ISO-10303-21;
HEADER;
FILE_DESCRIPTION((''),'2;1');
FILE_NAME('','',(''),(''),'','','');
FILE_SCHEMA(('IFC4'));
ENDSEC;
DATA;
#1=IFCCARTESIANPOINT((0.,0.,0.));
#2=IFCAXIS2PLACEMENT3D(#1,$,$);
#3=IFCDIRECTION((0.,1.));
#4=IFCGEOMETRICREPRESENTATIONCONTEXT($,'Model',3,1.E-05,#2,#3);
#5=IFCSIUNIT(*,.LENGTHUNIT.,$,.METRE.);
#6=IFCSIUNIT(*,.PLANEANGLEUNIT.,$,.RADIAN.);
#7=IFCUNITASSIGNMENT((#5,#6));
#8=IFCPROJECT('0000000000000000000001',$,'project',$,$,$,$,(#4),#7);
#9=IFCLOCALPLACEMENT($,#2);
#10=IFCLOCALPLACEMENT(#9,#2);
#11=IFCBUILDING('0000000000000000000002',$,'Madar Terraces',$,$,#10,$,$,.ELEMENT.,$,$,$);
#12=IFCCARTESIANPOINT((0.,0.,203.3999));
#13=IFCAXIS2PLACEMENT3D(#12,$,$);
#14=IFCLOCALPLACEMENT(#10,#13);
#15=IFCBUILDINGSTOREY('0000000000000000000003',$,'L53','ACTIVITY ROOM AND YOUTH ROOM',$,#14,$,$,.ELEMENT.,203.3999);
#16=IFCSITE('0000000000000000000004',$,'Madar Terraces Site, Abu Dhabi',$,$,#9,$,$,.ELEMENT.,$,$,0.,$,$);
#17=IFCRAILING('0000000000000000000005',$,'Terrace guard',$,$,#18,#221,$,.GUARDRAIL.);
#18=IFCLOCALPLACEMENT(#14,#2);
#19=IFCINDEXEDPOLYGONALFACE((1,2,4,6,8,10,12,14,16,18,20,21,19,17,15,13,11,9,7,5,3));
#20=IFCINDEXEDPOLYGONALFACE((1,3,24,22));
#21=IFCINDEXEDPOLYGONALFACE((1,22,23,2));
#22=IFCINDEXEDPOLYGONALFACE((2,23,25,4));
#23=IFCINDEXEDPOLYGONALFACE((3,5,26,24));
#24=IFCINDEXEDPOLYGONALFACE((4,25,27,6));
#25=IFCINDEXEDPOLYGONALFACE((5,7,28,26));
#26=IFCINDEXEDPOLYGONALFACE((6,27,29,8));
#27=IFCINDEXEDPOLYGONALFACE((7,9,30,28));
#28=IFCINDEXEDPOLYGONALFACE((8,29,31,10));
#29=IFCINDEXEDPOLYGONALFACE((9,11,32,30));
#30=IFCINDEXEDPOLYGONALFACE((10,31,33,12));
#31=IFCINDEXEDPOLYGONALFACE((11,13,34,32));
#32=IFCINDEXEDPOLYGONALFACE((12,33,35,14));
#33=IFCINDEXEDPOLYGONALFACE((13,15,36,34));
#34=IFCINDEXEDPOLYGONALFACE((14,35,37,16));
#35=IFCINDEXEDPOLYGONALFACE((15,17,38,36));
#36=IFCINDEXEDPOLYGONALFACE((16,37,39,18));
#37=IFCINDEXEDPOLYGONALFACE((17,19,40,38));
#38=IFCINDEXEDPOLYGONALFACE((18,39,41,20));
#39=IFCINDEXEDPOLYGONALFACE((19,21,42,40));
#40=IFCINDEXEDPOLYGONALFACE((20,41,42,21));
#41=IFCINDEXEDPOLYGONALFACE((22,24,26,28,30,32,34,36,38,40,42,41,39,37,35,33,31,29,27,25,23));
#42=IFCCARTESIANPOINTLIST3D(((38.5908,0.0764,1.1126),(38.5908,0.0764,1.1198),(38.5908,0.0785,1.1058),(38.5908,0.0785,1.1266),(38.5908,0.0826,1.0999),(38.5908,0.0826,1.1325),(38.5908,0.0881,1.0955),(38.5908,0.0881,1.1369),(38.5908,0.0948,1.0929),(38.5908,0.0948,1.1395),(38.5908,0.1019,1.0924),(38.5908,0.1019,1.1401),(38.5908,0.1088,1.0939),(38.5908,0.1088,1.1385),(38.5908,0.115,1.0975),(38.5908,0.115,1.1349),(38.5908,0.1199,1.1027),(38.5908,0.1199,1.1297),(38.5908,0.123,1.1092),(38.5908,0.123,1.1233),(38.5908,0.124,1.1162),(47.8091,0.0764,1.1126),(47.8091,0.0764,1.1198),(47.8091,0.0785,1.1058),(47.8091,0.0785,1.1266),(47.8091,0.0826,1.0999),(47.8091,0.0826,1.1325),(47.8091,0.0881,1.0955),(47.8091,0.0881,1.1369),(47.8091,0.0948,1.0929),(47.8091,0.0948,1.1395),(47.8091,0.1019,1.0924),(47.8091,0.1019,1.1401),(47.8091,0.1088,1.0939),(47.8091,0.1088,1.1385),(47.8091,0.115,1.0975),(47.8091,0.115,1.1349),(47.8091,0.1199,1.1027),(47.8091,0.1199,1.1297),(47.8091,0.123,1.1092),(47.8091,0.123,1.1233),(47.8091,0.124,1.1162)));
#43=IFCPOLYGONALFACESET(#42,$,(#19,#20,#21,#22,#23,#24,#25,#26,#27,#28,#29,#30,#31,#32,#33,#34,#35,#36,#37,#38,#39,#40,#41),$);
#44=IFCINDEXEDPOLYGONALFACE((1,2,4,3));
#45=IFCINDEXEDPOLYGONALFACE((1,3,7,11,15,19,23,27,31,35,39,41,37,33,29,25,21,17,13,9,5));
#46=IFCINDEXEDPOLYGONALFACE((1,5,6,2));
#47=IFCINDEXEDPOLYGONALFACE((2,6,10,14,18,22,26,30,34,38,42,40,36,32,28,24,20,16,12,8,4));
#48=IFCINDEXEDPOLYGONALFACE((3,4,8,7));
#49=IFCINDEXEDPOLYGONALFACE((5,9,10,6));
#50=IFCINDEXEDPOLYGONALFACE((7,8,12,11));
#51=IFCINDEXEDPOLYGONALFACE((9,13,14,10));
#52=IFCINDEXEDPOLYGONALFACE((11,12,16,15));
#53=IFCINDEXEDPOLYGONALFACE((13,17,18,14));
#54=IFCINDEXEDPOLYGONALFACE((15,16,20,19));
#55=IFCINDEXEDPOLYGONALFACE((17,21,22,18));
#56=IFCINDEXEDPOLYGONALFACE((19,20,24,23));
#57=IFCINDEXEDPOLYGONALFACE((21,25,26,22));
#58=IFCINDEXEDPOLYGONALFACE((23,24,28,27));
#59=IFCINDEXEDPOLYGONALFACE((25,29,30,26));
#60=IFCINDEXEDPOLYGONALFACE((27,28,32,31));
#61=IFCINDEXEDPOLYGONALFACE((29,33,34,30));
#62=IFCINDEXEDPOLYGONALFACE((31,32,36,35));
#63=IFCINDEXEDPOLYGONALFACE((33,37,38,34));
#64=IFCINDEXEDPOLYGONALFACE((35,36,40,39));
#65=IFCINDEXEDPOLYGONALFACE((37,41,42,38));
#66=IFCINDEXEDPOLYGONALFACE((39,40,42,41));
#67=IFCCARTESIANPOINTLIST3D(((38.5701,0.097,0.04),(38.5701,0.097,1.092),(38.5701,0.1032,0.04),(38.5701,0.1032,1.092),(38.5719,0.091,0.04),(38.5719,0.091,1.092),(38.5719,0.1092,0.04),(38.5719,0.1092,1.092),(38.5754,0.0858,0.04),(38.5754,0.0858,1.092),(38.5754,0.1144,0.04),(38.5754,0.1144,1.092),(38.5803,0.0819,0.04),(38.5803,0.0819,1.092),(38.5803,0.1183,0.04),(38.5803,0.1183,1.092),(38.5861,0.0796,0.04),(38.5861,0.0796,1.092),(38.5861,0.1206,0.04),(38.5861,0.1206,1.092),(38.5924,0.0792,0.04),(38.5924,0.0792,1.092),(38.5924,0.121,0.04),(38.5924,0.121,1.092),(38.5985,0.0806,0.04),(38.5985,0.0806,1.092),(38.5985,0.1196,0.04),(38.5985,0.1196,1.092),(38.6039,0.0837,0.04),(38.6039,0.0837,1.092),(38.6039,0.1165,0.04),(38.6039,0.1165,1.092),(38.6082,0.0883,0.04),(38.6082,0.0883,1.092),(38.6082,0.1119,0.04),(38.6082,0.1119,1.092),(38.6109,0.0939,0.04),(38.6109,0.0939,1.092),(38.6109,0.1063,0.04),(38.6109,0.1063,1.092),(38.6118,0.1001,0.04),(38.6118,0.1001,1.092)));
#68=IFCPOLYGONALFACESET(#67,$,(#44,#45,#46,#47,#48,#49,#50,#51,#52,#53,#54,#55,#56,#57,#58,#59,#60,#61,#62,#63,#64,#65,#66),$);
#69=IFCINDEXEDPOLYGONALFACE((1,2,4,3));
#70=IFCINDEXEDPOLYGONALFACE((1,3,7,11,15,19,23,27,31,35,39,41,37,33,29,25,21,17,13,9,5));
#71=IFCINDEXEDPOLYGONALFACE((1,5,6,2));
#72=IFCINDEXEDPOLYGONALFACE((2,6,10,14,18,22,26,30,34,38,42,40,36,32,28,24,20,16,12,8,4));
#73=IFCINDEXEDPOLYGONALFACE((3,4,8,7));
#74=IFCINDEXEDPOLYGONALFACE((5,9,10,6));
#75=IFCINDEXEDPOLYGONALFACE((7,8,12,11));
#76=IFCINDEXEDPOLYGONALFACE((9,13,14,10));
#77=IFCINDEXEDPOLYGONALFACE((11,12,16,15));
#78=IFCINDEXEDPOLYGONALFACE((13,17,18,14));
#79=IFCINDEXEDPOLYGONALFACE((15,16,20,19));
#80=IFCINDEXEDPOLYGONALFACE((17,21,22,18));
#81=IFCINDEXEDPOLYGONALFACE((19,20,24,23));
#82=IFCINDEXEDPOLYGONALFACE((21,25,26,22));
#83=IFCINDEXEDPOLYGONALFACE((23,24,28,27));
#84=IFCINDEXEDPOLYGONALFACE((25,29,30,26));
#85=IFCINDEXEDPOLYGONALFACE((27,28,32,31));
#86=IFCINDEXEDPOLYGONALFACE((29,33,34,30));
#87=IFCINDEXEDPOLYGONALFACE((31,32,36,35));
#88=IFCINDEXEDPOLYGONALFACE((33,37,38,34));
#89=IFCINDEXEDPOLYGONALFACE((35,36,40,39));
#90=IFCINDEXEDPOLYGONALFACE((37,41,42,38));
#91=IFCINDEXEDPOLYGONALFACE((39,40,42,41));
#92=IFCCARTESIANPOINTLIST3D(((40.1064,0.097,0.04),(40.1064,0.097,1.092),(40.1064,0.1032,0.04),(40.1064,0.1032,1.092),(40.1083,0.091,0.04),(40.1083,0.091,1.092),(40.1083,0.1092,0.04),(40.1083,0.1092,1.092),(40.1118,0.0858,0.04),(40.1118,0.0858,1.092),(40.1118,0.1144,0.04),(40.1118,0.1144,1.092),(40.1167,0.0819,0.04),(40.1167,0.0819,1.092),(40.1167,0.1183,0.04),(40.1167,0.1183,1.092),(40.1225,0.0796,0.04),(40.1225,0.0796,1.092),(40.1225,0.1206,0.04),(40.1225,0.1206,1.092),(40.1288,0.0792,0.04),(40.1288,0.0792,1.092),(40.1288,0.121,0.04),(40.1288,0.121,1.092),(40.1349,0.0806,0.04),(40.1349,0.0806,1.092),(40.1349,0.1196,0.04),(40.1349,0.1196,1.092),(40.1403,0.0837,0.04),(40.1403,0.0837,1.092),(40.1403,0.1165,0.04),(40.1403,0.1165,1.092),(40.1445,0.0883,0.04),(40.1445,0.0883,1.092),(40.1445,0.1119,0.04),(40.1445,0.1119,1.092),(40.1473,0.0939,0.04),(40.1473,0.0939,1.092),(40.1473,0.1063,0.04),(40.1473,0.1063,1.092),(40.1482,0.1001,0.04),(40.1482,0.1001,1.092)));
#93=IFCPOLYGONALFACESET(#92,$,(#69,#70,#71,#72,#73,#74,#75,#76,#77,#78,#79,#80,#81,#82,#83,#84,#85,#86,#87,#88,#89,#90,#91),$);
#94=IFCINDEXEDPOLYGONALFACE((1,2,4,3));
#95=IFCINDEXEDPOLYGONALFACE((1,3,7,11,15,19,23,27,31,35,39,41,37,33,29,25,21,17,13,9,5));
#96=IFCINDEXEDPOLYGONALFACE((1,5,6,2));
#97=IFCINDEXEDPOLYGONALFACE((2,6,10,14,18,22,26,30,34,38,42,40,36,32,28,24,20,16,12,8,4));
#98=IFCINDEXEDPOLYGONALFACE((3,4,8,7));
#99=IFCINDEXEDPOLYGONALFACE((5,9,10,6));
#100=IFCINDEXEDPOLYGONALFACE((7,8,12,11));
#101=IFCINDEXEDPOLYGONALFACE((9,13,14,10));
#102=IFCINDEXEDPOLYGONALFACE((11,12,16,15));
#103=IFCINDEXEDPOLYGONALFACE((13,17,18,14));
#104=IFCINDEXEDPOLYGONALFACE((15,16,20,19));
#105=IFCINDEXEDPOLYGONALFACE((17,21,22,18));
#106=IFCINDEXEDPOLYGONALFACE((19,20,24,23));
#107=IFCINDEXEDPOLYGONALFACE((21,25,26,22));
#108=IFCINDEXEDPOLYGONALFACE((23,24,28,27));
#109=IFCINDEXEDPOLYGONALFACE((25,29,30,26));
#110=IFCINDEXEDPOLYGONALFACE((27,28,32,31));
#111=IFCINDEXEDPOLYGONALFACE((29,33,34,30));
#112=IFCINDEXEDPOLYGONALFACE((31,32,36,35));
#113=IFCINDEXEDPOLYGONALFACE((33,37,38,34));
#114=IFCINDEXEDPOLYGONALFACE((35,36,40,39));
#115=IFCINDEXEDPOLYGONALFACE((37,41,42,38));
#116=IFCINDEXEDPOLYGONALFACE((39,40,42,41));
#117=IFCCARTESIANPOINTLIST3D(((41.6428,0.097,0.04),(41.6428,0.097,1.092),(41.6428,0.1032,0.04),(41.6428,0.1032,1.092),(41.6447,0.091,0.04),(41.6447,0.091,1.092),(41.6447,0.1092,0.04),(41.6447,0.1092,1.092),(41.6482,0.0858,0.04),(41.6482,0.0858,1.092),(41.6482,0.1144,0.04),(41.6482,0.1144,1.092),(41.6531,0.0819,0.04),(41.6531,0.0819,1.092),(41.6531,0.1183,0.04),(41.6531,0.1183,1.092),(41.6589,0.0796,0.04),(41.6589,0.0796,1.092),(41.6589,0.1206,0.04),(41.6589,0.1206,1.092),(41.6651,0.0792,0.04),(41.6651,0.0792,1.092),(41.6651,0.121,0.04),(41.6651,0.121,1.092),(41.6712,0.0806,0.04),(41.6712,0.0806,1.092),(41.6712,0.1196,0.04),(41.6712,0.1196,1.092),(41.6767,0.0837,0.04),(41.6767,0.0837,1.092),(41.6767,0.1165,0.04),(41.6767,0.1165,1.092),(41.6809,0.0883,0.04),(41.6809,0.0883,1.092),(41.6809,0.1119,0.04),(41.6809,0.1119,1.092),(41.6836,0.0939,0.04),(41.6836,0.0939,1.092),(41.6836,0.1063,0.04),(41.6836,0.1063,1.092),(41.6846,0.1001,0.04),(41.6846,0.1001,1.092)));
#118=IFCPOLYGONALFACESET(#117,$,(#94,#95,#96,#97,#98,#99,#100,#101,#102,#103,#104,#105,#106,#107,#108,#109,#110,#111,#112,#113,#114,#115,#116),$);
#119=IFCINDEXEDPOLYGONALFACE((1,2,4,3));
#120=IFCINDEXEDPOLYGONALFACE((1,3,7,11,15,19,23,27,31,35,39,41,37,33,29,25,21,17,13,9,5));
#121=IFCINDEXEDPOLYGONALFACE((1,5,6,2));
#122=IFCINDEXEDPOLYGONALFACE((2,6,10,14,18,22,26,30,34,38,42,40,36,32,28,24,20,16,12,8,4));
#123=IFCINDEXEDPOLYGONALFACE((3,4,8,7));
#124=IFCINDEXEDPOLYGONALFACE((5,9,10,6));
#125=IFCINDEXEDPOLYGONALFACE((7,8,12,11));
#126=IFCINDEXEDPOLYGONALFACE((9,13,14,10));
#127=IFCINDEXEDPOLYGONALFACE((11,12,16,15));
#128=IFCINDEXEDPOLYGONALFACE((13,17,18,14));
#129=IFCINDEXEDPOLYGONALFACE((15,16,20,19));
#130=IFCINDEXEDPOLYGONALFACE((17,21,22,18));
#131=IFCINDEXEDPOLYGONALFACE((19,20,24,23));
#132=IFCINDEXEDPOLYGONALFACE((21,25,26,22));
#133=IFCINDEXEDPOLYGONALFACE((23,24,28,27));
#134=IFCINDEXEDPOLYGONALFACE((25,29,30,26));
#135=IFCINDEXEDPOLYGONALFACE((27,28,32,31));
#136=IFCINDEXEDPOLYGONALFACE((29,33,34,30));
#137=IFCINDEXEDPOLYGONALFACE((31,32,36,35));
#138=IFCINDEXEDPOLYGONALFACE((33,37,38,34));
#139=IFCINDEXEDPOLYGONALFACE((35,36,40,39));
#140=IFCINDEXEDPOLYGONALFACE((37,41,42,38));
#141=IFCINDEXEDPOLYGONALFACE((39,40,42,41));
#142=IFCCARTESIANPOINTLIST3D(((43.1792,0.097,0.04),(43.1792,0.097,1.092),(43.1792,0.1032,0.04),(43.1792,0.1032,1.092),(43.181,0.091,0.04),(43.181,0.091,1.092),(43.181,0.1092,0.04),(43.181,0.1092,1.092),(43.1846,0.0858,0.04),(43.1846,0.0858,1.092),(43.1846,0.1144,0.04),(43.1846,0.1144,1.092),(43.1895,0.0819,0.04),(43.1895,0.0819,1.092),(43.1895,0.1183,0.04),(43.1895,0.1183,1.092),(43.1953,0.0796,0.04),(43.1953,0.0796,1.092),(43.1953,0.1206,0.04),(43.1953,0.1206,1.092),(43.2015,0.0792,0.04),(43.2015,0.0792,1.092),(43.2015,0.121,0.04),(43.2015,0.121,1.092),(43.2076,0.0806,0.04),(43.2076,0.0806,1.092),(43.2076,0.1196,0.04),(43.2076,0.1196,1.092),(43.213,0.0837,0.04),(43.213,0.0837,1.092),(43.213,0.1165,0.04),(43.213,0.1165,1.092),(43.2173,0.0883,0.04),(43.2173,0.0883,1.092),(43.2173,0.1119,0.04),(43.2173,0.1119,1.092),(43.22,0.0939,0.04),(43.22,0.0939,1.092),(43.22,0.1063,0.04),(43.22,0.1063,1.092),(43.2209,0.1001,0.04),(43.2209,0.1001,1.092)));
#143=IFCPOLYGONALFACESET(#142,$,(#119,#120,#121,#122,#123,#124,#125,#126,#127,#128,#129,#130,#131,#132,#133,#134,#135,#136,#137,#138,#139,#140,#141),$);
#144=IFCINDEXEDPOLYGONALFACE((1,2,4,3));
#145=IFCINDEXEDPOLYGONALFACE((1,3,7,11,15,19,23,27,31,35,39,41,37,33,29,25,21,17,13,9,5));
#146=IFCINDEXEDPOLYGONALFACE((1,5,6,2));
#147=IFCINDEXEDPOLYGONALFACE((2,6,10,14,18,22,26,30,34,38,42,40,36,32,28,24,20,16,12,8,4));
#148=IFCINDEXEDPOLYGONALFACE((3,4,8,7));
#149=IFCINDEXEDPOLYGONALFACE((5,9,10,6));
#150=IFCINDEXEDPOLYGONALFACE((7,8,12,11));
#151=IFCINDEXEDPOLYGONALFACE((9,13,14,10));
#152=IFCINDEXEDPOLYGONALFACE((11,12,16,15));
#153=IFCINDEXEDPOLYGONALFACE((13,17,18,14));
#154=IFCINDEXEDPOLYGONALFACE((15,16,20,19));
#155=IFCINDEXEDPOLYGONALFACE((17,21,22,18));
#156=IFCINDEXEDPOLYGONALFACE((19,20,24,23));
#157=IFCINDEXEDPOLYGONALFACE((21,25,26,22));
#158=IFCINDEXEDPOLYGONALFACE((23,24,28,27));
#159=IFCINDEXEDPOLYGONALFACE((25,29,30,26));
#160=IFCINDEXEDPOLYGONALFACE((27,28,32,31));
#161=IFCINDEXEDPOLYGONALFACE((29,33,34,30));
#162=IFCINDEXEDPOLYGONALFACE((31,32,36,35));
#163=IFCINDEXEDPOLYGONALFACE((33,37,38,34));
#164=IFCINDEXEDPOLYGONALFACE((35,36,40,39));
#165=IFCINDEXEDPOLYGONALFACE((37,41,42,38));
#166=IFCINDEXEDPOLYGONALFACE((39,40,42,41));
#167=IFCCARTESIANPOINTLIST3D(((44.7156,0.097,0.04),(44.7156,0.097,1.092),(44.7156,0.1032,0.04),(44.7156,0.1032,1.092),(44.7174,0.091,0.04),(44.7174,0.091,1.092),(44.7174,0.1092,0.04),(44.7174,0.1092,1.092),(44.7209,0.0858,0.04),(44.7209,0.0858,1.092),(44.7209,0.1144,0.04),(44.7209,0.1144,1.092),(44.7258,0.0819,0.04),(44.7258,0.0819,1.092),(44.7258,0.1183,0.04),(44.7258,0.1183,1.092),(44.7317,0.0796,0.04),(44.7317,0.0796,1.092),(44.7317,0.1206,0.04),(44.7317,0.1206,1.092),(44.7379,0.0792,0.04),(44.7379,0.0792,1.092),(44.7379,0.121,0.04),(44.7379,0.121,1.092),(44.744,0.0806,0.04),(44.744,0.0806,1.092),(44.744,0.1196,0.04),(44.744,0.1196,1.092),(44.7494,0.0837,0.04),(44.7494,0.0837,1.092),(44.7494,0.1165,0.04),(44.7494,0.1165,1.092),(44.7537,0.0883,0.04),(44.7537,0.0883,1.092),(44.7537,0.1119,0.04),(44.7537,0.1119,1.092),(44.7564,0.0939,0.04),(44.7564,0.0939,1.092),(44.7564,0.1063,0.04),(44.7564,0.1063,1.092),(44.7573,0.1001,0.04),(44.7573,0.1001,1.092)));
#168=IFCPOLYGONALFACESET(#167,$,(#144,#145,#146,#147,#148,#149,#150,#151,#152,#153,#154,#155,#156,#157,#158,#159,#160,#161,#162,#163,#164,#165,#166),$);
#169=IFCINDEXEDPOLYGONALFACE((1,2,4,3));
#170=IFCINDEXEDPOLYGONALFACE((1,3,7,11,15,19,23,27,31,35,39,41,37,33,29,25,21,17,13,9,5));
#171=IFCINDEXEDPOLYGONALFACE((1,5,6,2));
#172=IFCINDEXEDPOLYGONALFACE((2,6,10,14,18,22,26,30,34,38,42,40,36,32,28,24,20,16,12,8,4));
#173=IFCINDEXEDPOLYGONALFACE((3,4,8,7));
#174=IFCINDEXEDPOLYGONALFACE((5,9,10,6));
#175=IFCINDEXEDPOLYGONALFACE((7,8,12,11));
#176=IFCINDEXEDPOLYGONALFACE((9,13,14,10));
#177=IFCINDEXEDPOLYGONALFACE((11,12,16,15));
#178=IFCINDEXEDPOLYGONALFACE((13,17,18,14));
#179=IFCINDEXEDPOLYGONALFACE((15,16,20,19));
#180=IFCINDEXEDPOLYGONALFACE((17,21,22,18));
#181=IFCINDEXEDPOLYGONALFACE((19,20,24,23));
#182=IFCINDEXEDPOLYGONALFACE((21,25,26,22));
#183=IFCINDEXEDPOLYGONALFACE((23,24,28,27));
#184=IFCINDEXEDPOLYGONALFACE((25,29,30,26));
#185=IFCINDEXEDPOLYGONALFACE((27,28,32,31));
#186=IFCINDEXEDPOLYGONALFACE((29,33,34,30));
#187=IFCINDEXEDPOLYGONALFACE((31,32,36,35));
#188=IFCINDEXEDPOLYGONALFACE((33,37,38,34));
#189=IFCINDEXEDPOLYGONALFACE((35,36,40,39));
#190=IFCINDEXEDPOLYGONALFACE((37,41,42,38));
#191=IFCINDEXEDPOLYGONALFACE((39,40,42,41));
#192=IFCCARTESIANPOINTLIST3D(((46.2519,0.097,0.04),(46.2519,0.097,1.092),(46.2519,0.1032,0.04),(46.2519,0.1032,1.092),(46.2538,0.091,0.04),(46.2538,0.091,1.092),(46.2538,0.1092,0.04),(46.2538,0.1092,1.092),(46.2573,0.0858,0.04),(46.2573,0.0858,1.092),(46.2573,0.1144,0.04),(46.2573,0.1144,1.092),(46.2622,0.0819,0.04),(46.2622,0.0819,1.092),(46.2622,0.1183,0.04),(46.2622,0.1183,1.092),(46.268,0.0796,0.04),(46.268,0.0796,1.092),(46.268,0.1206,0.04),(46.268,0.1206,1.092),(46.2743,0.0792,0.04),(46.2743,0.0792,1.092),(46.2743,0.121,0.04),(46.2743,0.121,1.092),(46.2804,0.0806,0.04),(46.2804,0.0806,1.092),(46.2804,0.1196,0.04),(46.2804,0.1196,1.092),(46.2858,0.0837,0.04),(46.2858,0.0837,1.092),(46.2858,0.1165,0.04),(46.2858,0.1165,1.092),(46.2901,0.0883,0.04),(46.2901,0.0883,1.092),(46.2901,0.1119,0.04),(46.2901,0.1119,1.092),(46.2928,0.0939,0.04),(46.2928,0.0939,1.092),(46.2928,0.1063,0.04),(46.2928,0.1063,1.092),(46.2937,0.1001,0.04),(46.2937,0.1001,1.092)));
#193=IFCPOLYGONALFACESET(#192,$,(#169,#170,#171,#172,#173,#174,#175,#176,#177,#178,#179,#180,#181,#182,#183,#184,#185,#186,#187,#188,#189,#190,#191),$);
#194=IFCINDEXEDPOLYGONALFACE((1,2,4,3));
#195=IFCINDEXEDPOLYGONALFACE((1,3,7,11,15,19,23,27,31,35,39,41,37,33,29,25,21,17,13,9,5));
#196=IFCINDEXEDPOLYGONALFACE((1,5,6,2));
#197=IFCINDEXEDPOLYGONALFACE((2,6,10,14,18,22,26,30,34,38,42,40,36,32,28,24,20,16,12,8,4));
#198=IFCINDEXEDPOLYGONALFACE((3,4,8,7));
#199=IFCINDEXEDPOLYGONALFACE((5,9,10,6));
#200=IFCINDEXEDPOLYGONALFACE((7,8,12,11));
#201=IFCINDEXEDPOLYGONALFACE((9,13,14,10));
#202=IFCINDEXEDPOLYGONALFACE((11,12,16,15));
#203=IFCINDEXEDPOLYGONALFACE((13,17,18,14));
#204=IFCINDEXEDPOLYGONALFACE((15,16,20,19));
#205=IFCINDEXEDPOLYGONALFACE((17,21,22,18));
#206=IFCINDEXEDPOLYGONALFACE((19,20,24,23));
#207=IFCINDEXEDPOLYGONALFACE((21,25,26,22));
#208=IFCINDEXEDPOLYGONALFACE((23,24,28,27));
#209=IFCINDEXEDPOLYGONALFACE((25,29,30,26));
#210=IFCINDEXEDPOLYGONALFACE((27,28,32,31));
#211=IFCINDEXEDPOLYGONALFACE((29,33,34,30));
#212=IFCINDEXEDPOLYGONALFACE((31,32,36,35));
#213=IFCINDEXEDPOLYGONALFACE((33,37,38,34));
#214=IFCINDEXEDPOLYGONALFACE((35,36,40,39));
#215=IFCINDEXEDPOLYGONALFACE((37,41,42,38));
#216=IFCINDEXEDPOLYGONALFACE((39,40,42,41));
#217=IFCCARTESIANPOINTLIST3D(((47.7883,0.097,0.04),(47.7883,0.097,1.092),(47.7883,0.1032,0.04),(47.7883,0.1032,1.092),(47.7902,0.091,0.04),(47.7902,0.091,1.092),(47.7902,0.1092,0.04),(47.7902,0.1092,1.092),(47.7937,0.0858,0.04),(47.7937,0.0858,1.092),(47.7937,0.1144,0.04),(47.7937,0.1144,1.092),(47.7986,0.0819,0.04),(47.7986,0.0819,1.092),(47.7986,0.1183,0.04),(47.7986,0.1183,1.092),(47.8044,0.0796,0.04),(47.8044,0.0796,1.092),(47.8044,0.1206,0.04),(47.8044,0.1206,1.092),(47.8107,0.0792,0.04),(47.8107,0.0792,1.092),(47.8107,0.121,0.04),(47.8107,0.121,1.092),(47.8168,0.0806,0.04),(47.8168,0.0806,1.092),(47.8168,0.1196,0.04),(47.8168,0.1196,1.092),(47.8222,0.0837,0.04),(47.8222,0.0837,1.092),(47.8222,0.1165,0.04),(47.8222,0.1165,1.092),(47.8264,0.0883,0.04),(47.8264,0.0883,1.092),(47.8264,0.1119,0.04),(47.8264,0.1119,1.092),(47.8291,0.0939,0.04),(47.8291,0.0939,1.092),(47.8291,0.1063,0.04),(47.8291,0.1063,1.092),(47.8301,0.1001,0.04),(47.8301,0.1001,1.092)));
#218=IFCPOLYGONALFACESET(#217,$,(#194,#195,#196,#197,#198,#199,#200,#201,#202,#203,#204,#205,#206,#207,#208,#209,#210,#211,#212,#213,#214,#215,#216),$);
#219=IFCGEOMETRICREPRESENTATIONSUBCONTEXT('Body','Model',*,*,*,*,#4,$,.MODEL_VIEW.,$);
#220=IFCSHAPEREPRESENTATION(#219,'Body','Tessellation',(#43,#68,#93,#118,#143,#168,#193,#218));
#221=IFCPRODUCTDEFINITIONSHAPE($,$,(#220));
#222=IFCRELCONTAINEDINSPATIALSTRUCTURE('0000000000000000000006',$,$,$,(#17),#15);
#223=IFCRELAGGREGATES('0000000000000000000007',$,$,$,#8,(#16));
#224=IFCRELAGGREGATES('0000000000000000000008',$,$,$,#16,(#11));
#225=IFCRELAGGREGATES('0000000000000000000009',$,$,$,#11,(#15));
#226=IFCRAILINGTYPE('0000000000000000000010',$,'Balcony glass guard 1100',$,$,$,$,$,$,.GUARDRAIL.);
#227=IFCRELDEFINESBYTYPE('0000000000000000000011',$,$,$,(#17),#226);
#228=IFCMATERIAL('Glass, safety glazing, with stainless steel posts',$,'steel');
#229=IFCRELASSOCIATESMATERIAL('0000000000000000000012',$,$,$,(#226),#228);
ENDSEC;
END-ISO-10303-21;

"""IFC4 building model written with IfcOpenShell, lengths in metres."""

from ifc_helpers import new_model, si_unit, direction, frame, origin, origin_2d, place, context, subcontext, project, spatial, circle, extrude, material, type_object, element, save


model = new_model("IFC4")

# Units and contexts
model_context = context("Model", 3, precision=1e-05, world=origin(), true_north=direction((0.0, 1.0)))
body_context = subcontext(model_context, "Body", "Model", "MODEL_VIEW")
ifc_project = project(units=[si_unit("LENGTHUNIT", "METRE"), si_unit("PLANEANGLEUNIT", "RADIAN")], contexts=[model_context])

# Site, building, storey
site_placement = place(None, origin())
site = spatial("IfcSite", under=ifc_project, at=site_placement, Name="Madar Terraces Site, Abu Dhabi", CompositionType="ELEMENT", RefElevation=0.0)
building_placement = place(site_placement, origin())
building = spatial("IfcBuilding", under=site, at=building_placement, Name="Madar Terraces", CompositionType="ELEMENT")
storey_placement = place(building_placement, frame((0.0, 0.0, 203.3999)))
storey = spatial("IfcBuildingStorey", under=building, at=storey_placement, Name="L53", Description="ACTIVITY ROOM AND YOUTH ROOM", CompositionType="ELEMENT", Elevation=203.3999)

# Railing
ifc_material_1 = material(Name="Glass, safety glazing, with stainless steel posts", Category="steel")
railing_type = type_object("IfcRailingType", Name="Balcony glass guard 1100", PredefinedType="GUARDRAIL", material=ifc_material_1)
railing_1_placement = place(storey_placement, frame((38.5908, 0.1001, 0.04)))
element("IfcRailing", 1, at=railing_1_placement, inside=storey, type_object=railing_type, Name="Terrace guard", PredefinedType="GUARDRAIL", context=body_context, shape_type="SweptSolid", body=[
    extrude(circle(Radius=0.0239, at=origin_2d()), frame((0.0, 0.0, 1.0762), z_axis=(1.0, 0.0, 0.0), x_axis=(0.0, 1.0, 0.0)), (0.0, 0.0, 1.0), 9.2183),
    extrude(circle(Radius=0.021, at=origin_2d()), origin(), (0.0, 0.0, 1.0), 1.052),
    extrude(circle(Radius=0.021, at=origin_2d()), frame((1.5364, 0.0, 0.0)), (0.0, 0.0, 1.0), 1.052),
    extrude(circle(Radius=0.021, at=origin_2d()), frame((3.0728, 0.0, 0.0)), (0.0, 0.0, 1.0), 1.052),
    extrude(circle(Radius=0.021, at=origin_2d()), frame((4.6091, 0.0, 0.0)), (0.0, 0.0, 1.0), 1.052),
    extrude(circle(Radius=0.021, at=origin_2d()), frame((6.1455, 0.0, 0.0)), (0.0, 0.0, 1.0), 1.052),
    extrude(circle(Radius=0.021, at=origin_2d()), frame((7.6819, 0.0, 0.0)), (0.0, 0.0, 1.0), 1.052),
    extrude(circle(Radius=0.021, at=origin_2d()), frame((9.2183, 0.0, 0.0)), (0.0, 0.0, 1.0), 1.052),
])

save(model, "model.ifc")
